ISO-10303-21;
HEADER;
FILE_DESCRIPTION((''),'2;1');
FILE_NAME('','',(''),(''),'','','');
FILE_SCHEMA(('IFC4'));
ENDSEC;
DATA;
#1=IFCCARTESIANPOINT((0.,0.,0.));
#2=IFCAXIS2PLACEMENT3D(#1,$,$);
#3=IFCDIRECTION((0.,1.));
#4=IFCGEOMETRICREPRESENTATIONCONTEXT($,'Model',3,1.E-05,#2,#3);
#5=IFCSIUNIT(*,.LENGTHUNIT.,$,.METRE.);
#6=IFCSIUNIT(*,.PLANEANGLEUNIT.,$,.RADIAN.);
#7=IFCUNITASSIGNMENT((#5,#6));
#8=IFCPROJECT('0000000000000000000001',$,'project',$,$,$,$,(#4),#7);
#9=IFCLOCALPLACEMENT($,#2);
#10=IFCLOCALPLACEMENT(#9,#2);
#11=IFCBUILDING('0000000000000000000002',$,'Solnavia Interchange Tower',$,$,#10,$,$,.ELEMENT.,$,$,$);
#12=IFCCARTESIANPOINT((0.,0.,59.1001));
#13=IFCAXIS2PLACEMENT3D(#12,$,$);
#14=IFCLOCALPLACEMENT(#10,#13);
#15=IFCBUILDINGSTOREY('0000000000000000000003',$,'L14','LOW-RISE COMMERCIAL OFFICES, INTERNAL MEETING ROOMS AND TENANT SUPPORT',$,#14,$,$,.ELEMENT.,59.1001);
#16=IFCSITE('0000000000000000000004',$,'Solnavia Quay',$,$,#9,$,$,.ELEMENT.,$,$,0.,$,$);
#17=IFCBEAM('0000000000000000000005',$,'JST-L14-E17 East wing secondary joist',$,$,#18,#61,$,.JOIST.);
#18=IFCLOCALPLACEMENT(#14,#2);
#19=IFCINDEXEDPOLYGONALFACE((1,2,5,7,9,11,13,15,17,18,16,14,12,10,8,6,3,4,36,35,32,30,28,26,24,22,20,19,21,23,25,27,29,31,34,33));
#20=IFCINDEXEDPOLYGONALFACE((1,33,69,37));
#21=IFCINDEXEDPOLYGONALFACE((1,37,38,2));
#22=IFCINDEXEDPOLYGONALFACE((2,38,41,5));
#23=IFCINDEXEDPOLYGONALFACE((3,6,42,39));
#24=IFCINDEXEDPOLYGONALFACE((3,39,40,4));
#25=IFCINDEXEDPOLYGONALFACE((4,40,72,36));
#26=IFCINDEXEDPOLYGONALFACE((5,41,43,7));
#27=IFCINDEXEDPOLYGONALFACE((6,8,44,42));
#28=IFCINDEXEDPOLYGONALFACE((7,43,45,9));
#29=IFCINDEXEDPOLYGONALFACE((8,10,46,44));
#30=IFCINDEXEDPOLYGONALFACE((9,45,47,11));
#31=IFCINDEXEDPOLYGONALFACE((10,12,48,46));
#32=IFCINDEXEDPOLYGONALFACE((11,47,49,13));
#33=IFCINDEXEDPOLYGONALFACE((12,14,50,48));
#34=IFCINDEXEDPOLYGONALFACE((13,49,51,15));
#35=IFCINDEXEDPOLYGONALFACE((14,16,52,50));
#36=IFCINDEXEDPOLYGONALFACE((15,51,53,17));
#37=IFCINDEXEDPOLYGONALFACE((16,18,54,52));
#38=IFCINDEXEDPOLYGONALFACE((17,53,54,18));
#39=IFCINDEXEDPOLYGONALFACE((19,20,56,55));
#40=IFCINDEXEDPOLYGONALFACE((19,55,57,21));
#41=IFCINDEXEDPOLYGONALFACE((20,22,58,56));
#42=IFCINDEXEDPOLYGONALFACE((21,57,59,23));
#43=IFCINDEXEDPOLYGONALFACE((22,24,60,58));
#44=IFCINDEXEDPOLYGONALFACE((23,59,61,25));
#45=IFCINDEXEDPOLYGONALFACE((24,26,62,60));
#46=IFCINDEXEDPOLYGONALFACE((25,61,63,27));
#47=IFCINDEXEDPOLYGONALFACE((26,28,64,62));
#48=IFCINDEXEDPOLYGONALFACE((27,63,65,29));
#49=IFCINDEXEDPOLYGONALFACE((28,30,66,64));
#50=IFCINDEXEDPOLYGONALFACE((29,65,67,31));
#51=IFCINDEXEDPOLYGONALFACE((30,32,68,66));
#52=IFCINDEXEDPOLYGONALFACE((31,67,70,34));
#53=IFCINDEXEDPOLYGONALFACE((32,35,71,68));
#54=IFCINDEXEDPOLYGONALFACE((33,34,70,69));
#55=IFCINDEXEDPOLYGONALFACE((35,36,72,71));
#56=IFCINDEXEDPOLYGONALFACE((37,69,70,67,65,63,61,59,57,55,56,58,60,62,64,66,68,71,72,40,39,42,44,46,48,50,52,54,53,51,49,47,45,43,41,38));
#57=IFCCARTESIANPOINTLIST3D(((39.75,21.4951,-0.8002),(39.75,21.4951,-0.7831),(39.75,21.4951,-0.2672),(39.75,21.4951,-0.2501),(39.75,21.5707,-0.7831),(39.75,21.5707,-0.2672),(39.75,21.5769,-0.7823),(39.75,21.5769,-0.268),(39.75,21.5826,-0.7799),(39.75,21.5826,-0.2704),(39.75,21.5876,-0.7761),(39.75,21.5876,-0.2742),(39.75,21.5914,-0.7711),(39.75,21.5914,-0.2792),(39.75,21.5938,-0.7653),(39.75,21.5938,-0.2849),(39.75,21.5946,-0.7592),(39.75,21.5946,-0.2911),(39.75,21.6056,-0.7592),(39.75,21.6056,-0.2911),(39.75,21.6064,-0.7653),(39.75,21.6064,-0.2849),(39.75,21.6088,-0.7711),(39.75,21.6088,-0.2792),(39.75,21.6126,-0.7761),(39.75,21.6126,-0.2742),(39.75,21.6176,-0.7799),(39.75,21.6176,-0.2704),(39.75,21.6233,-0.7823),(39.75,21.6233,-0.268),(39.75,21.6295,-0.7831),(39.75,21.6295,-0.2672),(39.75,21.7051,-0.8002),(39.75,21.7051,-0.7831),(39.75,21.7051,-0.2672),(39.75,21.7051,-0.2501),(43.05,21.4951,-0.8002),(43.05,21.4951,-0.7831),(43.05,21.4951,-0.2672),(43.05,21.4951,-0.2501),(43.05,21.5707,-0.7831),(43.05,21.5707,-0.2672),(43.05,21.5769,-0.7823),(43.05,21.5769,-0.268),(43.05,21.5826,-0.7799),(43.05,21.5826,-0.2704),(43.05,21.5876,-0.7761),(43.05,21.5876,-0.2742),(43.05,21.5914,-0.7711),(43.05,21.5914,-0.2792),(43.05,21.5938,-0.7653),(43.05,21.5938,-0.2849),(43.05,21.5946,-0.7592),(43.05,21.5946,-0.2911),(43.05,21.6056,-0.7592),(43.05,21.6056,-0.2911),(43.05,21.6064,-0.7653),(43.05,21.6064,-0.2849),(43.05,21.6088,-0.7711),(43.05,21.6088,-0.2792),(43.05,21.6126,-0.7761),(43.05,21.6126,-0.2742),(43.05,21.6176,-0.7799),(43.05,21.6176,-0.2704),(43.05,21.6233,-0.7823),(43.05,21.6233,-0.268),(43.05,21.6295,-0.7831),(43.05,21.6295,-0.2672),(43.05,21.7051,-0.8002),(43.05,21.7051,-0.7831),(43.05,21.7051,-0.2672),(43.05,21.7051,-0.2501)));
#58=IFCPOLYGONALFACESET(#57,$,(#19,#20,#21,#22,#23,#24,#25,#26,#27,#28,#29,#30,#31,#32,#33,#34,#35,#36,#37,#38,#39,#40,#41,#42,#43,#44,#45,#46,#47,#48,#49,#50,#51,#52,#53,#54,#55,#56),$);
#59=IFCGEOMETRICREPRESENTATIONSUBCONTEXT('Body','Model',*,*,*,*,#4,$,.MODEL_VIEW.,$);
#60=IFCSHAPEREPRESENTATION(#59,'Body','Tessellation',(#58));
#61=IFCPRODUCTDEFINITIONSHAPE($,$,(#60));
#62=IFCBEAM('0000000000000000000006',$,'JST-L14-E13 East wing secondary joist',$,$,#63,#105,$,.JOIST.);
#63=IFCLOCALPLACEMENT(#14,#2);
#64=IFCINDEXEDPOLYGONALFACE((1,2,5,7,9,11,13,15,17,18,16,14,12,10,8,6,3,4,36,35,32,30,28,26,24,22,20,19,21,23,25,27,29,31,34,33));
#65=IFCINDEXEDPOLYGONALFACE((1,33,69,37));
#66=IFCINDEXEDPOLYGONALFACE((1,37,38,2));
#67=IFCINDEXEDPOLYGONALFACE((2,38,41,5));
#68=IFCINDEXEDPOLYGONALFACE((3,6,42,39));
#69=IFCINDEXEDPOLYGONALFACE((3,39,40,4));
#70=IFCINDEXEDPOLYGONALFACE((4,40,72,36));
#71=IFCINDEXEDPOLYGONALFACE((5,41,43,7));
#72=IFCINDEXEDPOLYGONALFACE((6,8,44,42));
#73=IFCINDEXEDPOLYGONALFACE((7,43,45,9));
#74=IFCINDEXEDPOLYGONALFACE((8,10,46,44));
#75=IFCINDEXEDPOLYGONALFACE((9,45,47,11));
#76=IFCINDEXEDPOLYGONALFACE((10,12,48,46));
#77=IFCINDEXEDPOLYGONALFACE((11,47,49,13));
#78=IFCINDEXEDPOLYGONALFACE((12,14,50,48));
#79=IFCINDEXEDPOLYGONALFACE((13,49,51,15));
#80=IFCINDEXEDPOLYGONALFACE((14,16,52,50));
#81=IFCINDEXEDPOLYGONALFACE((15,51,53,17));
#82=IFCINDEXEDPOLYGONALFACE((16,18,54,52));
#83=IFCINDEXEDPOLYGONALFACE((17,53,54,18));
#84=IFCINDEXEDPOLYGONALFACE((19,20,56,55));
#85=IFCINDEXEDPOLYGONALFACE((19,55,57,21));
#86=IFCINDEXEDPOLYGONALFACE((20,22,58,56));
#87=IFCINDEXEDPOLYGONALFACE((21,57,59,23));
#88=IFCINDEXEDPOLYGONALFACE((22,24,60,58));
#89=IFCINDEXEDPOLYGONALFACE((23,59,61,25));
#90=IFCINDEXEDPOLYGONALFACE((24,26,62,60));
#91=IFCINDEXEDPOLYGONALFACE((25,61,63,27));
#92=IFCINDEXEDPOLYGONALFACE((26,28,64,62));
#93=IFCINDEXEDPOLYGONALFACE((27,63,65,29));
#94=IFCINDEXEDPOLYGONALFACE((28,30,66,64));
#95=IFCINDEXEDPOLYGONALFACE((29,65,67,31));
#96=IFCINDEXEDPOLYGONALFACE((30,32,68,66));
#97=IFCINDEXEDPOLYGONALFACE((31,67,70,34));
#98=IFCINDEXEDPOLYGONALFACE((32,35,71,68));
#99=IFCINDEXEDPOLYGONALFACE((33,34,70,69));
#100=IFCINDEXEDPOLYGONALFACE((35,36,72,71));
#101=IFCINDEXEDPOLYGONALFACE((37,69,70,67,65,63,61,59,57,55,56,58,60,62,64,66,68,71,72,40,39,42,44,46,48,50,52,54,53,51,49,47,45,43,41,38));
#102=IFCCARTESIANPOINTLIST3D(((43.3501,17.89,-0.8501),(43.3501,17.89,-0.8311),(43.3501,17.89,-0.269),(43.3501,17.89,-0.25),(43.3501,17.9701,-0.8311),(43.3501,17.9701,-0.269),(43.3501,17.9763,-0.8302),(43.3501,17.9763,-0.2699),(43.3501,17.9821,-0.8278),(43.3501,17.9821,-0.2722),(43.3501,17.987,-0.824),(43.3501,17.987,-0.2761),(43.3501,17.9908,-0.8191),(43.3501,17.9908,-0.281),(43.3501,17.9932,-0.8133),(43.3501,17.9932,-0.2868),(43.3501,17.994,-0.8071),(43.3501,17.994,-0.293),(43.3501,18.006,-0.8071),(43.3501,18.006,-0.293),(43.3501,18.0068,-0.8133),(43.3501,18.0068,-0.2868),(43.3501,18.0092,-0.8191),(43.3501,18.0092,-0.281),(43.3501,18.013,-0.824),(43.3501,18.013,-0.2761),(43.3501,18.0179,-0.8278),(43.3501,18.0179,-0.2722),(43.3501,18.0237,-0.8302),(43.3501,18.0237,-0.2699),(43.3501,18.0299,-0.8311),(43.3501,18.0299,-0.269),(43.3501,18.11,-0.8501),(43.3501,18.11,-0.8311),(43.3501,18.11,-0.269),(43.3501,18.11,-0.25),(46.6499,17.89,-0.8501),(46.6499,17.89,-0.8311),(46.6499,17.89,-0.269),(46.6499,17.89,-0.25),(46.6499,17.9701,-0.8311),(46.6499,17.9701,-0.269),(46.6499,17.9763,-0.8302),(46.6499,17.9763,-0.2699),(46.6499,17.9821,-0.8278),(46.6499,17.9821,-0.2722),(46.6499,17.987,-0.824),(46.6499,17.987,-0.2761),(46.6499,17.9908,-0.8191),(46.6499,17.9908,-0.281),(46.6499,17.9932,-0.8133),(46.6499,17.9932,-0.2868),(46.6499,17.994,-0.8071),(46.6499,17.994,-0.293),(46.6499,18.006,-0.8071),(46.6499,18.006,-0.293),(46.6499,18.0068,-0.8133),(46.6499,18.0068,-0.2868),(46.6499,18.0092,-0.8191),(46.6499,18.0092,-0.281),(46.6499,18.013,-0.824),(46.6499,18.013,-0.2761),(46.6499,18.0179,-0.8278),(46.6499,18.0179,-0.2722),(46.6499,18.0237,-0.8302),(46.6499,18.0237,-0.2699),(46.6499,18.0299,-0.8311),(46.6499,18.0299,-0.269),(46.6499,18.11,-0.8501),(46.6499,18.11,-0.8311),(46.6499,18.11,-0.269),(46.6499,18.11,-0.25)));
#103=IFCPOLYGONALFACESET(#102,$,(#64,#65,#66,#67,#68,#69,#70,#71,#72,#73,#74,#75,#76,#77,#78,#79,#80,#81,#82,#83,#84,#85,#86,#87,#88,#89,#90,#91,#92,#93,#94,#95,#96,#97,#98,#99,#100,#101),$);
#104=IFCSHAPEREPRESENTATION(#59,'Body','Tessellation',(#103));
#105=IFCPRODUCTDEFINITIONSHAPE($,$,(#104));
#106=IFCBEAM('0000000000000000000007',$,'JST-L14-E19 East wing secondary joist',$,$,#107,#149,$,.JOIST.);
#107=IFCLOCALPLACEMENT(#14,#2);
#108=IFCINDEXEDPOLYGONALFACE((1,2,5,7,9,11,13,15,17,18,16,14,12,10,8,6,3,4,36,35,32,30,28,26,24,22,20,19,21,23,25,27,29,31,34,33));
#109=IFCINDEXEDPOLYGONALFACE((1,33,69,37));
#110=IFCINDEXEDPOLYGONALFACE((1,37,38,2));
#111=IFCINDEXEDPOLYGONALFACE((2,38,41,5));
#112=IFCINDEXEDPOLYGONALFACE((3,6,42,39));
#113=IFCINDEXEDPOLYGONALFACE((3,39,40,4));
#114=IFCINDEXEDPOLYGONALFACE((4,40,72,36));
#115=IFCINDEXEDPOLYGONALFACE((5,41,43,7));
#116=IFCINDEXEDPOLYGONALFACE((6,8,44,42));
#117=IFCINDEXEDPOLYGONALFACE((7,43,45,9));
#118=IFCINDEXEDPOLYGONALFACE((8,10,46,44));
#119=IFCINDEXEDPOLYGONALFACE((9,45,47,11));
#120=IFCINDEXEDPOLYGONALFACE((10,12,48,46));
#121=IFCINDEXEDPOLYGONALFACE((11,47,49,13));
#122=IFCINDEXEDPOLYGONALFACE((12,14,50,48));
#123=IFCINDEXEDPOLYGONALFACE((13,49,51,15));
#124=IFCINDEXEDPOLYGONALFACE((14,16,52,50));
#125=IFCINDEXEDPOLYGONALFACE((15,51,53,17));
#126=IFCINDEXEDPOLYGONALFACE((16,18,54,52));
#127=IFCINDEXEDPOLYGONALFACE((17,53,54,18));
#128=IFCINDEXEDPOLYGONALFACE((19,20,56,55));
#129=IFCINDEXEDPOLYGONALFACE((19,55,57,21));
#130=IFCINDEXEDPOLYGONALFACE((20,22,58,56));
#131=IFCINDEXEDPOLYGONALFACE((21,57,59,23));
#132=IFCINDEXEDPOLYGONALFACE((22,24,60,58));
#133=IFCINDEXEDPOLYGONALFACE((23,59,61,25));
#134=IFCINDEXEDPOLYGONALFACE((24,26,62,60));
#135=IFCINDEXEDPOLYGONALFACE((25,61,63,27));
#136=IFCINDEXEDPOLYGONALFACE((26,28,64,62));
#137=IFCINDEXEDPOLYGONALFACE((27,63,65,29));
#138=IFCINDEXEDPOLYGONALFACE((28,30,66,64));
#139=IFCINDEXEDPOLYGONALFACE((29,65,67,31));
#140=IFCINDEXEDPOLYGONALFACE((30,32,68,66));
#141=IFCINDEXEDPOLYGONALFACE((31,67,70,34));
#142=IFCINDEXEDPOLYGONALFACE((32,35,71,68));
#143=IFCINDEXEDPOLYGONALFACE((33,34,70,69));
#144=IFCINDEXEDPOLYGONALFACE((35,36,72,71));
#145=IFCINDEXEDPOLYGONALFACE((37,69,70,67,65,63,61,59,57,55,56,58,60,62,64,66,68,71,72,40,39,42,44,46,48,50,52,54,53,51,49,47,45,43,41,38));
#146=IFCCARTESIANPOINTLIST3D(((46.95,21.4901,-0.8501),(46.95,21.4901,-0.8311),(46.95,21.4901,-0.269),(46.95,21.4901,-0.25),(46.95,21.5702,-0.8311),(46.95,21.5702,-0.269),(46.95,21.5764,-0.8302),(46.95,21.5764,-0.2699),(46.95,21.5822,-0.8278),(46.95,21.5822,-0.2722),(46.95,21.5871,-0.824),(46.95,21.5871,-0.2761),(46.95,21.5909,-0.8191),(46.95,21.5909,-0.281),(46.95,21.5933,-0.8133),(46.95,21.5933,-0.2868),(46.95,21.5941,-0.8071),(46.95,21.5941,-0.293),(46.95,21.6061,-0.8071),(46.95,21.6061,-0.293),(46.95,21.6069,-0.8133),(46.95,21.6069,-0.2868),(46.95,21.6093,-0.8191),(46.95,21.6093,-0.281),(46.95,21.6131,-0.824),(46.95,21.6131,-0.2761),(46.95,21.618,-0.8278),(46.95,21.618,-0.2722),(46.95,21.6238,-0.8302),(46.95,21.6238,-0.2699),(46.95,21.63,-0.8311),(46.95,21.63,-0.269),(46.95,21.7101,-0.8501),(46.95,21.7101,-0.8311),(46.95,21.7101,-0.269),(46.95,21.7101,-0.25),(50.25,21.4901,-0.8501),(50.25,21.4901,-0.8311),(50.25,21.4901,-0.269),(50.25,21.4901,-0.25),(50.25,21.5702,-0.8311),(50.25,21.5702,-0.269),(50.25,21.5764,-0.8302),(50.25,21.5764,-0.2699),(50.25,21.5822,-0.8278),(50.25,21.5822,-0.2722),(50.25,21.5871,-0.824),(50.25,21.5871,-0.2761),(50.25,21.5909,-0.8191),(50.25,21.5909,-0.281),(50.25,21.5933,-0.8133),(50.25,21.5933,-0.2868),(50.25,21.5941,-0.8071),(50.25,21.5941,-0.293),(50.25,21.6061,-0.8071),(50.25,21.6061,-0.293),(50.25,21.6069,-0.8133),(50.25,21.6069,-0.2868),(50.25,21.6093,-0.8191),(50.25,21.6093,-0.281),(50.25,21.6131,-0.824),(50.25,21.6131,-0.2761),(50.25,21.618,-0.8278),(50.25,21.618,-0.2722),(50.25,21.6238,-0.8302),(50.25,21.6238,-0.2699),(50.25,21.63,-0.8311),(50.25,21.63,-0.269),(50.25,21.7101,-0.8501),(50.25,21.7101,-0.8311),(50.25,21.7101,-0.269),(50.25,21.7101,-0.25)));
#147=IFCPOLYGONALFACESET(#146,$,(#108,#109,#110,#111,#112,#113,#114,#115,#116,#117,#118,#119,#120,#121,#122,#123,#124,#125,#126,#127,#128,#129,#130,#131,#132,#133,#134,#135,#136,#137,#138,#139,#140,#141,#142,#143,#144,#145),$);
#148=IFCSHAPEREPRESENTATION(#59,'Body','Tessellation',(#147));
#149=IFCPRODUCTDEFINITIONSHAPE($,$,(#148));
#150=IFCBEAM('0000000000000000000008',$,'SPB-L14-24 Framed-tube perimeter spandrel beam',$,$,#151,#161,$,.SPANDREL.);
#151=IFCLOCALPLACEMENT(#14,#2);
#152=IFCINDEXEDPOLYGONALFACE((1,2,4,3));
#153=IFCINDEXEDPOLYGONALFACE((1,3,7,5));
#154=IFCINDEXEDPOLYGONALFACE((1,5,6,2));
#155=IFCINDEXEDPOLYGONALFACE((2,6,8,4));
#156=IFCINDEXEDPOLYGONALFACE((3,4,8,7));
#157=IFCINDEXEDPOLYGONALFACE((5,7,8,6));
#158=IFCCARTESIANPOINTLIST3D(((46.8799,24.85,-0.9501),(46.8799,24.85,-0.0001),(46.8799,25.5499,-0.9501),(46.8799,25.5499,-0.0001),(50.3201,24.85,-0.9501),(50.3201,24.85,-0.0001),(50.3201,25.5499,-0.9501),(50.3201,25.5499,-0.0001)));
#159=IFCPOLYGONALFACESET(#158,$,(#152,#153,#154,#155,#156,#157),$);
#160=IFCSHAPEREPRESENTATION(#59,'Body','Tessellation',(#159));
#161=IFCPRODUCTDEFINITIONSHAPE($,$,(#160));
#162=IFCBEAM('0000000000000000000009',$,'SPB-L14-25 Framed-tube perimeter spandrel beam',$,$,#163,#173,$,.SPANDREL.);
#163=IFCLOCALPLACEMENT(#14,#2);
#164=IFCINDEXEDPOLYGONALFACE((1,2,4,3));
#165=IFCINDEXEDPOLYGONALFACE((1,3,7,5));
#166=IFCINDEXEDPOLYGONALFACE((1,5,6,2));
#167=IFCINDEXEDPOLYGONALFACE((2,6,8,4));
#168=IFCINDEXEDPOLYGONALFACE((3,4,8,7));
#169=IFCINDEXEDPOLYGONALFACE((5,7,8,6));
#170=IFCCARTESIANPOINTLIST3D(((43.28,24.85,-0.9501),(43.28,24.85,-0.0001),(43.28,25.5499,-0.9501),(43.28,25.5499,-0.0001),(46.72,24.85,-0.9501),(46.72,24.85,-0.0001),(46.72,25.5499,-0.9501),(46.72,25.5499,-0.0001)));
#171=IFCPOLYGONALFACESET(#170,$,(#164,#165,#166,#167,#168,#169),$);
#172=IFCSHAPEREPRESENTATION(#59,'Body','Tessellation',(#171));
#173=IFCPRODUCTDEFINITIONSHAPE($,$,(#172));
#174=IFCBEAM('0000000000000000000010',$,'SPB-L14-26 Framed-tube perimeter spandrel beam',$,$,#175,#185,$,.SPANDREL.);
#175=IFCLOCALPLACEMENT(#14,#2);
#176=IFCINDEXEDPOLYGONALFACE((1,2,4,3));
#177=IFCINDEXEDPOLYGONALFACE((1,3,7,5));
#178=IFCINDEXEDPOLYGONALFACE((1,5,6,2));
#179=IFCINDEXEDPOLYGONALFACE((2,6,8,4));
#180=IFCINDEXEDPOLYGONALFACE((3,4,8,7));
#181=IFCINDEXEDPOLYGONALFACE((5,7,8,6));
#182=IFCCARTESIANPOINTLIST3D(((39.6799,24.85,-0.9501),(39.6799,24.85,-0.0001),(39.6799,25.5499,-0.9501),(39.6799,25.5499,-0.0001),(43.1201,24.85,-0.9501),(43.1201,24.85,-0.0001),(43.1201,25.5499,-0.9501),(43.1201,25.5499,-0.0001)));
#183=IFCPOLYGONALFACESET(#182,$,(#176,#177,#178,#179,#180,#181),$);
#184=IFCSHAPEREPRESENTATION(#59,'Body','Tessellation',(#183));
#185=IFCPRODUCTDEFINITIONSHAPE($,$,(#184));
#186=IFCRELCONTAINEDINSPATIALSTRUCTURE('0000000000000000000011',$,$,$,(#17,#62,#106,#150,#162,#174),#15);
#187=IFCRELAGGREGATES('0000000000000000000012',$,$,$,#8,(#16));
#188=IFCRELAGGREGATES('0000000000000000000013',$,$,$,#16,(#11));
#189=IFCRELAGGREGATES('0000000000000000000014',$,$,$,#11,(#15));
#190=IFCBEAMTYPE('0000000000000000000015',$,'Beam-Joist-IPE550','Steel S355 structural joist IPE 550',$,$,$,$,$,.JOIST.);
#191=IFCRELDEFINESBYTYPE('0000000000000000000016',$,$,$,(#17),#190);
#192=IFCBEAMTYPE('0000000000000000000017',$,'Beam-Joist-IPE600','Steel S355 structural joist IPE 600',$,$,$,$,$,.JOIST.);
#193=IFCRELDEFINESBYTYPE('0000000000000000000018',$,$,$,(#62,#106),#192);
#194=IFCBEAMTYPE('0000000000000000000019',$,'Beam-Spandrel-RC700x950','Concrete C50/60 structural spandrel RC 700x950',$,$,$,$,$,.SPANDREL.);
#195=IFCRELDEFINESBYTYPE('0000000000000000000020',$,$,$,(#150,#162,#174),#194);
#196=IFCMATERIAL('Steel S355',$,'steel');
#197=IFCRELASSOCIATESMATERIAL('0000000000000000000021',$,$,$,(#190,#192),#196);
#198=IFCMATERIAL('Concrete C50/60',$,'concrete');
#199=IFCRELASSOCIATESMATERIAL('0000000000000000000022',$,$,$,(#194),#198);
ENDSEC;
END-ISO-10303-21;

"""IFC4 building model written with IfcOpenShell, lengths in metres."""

from ifc_helpers import new_model, si_unit, direction, frame, origin, origin_2d, place, context, subcontext, project, spatial, rectangle, i_section, extrude, material, material_profile, profile_set, type_object, element, save


model = new_model("IFC4")

# Units and contexts
model_context = context("Model", 3, precision=1e-05, world=origin(), true_north=direction((0.0, 1.0)))
body_context = subcontext(model_context, "Body", "Model", "MODEL_VIEW")
ifc_project = project(units=[si_unit("LENGTHUNIT", "METRE"), si_unit("PLANEANGLEUNIT", "RADIAN")], contexts=[model_context])

# Site, building, storey
site_placement = place(None, origin())
site = spatial("IfcSite", under=ifc_project, at=site_placement, Name="Solnavia Quay", CompositionType="ELEMENT", RefElevation=0.0)
building_placement = place(site_placement, origin())
building = spatial("IfcBuilding", under=site, at=building_placement, Name="Solnavia Interchange Tower", CompositionType="ELEMENT")
storey_placement = place(building_placement, frame((0.0, 0.0, 59.1001)))
storey = spatial("IfcBuildingStorey", under=building, at=storey_placement, Name="L14", Description="LOW-RISE COMMERCIAL OFFICES, INTERNAL MEETING ROOMS AND TENANT SUPPORT", CompositionType="ELEMENT", Elevation=59.1001)

# Beams
ifc_material_1 = material(Name="Steel S355", Category="steel")
ifc_material_profile_1 = material_profile(ifc_material_1, i_section(OverallWidth=0.21, OverallDepth=0.55, WebThickness=0.011, FlangeThickness=0.0171, FilletRadius=0.0239, at=origin_2d()), Name="IPE 550")
ifc_profile_set_1 = profile_set([ifc_material_profile_1], Name="Steel S355")
beam_type_1 = type_object("IfcBeamType", Name="Beam-Joist-IPE550", Description="Steel S355 structural joist IPE 550", PredefinedType="JOIST", material=ifc_profile_set_1)
for number, where, z_axis, x_axis, name in (
    (1, (39.75, 21.6001, -0.5251), (1.0, 0.0, 0.0), (0.0, 1.0, 0.0), "JST-L14-E17 East wing secondary joist"),
):
    element("IfcBeam", number, at=place(storey_placement, frame(where, z_axis=z_axis, x_axis=x_axis)), inside=storey, type_object=beam_type_1, Name=name, PredefinedType="JOIST", context=body_context, shape_type="SweptSolid", body=[
        extrude(i_section(OverallWidth=0.21, OverallDepth=0.55, WebThickness=0.011, FlangeThickness=0.0171, FilletRadius=0.0239, at=origin_2d()), origin(), (0.0, 0.0, 1.0), 3.3),
    ])
ifc_material_profile_2 = material_profile(ifc_material_1, i_section(OverallWidth=0.22, OverallDepth=0.6001, WebThickness=0.012, FlangeThickness=0.019, FilletRadius=0.0239, at=origin_2d()), Name="IPE 600")
ifc_profile_set_2 = profile_set([ifc_material_profile_2], Name="Steel S355")
beam_type_2 = type_object("IfcBeamType", Name="Beam-Joist-IPE600", Description="Steel S355 structural joist IPE 600", PredefinedType="JOIST", material=ifc_profile_set_2)
beam_1_placement = place(storey_placement, frame((43.3501, 18.0, -0.55), z_axis=(1.0, 0.0, 0.0), x_axis=(0.0, 1.0, 0.0)))
element("IfcBeam", 2, at=beam_1_placement, inside=storey, type_object=beam_type_2, Name="JST-L14-E13 East wing secondary joist", PredefinedType="JOIST", context=body_context, shape_type="SweptSolid", body=[
    extrude(i_section(OverallWidth=0.22, OverallDepth=0.6001, WebThickness=0.012, FlangeThickness=0.019, FilletRadius=0.0239, at=origin_2d()), origin(), (0.0, 0.0, 1.0), 3.2998),
])
beam_2_placement = place(storey_placement, frame((46.95, 21.6001, -0.55), z_axis=(1.0, 0.0, 0.0), x_axis=(0.0, 1.0, 0.0)))
element("IfcBeam", 3, at=beam_2_placement, inside=storey, type_object=beam_type_2, Name="JST-L14-E19 East wing secondary joist", PredefinedType="JOIST", context=body_context, shape_type="SweptSolid", body=[
    extrude(i_section(OverallWidth=0.22, OverallDepth=0.6001, WebThickness=0.012, FlangeThickness=0.019, FilletRadius=0.0239, at=origin_2d()), origin(), (0.0, 0.0, 1.0), 3.3),
])
ifc_material_2 = material(Name="Concrete C50/60", Category="concrete")
ifc_material_profile_3 = material_profile(ifc_material_2, rectangle(XDim=0.7, YDim=0.95, at=origin_2d()), Name="RC 700x950")
ifc_profile_set_3 = profile_set([ifc_material_profile_3], Name="Concrete C50/60")
beam_type_3 = type_object("IfcBeamType", Name="Beam-Spandrel-RC700x950", Description="Concrete C50/60 structural spandrel RC 700x950", PredefinedType="SPANDREL", material=ifc_profile_set_3)
beam_3_placement = place(storey_placement, frame((50.3201, 25.2, -0.4751), z_axis=(-1.0, 0.0, 0.0), x_axis=(0.0, -1.0, 0.0)))
element("IfcBeam", 4, at=beam_3_placement, inside=storey, type_object=beam_type_3, Name="SPB-L14-24 Framed-tube perimeter spandrel beam", PredefinedType="SPANDREL", context=body_context, shape_type="SweptSolid", body=[
    extrude(rectangle(XDim=0.7, YDim=0.95, at=origin_2d()), origin(), (0.0, 0.0, 1.0), 3.4402),
])
beam_4_placement = place(storey_placement, frame((46.72, 25.2, -0.4751), z_axis=(-1.0, 0.0, 0.0), x_axis=(0.0, -1.0, 0.0)))
element("IfcBeam", 5, at=beam_4_placement, inside=storey, type_object=beam_type_3, Name="SPB-L14-25 Framed-tube perimeter spandrel beam", PredefinedType="SPANDREL", context=body_context, shape_type="SweptSolid", body=[
    extrude(rectangle(XDim=0.7, YDim=0.95, at=origin_2d()), origin(), (0.0, 0.0, 1.0), 3.4399),
])
beam_5_placement = place(storey_placement, frame((43.1201, 25.2, -0.4751), z_axis=(-1.0, 0.0, 0.0), x_axis=(0.0, -1.0, 0.0)))
element("IfcBeam", 6, at=beam_5_placement, inside=storey, type_object=beam_type_3, Name="SPB-L14-26 Framed-tube perimeter spandrel beam", PredefinedType="SPANDREL", context=body_context, shape_type="SweptSolid", body=[
    extrude(rectangle(XDim=0.7, YDim=0.95, at=origin_2d()), origin(), (0.0, 0.0, 1.0), 3.4402),
])

save(model, "model.ifc")
